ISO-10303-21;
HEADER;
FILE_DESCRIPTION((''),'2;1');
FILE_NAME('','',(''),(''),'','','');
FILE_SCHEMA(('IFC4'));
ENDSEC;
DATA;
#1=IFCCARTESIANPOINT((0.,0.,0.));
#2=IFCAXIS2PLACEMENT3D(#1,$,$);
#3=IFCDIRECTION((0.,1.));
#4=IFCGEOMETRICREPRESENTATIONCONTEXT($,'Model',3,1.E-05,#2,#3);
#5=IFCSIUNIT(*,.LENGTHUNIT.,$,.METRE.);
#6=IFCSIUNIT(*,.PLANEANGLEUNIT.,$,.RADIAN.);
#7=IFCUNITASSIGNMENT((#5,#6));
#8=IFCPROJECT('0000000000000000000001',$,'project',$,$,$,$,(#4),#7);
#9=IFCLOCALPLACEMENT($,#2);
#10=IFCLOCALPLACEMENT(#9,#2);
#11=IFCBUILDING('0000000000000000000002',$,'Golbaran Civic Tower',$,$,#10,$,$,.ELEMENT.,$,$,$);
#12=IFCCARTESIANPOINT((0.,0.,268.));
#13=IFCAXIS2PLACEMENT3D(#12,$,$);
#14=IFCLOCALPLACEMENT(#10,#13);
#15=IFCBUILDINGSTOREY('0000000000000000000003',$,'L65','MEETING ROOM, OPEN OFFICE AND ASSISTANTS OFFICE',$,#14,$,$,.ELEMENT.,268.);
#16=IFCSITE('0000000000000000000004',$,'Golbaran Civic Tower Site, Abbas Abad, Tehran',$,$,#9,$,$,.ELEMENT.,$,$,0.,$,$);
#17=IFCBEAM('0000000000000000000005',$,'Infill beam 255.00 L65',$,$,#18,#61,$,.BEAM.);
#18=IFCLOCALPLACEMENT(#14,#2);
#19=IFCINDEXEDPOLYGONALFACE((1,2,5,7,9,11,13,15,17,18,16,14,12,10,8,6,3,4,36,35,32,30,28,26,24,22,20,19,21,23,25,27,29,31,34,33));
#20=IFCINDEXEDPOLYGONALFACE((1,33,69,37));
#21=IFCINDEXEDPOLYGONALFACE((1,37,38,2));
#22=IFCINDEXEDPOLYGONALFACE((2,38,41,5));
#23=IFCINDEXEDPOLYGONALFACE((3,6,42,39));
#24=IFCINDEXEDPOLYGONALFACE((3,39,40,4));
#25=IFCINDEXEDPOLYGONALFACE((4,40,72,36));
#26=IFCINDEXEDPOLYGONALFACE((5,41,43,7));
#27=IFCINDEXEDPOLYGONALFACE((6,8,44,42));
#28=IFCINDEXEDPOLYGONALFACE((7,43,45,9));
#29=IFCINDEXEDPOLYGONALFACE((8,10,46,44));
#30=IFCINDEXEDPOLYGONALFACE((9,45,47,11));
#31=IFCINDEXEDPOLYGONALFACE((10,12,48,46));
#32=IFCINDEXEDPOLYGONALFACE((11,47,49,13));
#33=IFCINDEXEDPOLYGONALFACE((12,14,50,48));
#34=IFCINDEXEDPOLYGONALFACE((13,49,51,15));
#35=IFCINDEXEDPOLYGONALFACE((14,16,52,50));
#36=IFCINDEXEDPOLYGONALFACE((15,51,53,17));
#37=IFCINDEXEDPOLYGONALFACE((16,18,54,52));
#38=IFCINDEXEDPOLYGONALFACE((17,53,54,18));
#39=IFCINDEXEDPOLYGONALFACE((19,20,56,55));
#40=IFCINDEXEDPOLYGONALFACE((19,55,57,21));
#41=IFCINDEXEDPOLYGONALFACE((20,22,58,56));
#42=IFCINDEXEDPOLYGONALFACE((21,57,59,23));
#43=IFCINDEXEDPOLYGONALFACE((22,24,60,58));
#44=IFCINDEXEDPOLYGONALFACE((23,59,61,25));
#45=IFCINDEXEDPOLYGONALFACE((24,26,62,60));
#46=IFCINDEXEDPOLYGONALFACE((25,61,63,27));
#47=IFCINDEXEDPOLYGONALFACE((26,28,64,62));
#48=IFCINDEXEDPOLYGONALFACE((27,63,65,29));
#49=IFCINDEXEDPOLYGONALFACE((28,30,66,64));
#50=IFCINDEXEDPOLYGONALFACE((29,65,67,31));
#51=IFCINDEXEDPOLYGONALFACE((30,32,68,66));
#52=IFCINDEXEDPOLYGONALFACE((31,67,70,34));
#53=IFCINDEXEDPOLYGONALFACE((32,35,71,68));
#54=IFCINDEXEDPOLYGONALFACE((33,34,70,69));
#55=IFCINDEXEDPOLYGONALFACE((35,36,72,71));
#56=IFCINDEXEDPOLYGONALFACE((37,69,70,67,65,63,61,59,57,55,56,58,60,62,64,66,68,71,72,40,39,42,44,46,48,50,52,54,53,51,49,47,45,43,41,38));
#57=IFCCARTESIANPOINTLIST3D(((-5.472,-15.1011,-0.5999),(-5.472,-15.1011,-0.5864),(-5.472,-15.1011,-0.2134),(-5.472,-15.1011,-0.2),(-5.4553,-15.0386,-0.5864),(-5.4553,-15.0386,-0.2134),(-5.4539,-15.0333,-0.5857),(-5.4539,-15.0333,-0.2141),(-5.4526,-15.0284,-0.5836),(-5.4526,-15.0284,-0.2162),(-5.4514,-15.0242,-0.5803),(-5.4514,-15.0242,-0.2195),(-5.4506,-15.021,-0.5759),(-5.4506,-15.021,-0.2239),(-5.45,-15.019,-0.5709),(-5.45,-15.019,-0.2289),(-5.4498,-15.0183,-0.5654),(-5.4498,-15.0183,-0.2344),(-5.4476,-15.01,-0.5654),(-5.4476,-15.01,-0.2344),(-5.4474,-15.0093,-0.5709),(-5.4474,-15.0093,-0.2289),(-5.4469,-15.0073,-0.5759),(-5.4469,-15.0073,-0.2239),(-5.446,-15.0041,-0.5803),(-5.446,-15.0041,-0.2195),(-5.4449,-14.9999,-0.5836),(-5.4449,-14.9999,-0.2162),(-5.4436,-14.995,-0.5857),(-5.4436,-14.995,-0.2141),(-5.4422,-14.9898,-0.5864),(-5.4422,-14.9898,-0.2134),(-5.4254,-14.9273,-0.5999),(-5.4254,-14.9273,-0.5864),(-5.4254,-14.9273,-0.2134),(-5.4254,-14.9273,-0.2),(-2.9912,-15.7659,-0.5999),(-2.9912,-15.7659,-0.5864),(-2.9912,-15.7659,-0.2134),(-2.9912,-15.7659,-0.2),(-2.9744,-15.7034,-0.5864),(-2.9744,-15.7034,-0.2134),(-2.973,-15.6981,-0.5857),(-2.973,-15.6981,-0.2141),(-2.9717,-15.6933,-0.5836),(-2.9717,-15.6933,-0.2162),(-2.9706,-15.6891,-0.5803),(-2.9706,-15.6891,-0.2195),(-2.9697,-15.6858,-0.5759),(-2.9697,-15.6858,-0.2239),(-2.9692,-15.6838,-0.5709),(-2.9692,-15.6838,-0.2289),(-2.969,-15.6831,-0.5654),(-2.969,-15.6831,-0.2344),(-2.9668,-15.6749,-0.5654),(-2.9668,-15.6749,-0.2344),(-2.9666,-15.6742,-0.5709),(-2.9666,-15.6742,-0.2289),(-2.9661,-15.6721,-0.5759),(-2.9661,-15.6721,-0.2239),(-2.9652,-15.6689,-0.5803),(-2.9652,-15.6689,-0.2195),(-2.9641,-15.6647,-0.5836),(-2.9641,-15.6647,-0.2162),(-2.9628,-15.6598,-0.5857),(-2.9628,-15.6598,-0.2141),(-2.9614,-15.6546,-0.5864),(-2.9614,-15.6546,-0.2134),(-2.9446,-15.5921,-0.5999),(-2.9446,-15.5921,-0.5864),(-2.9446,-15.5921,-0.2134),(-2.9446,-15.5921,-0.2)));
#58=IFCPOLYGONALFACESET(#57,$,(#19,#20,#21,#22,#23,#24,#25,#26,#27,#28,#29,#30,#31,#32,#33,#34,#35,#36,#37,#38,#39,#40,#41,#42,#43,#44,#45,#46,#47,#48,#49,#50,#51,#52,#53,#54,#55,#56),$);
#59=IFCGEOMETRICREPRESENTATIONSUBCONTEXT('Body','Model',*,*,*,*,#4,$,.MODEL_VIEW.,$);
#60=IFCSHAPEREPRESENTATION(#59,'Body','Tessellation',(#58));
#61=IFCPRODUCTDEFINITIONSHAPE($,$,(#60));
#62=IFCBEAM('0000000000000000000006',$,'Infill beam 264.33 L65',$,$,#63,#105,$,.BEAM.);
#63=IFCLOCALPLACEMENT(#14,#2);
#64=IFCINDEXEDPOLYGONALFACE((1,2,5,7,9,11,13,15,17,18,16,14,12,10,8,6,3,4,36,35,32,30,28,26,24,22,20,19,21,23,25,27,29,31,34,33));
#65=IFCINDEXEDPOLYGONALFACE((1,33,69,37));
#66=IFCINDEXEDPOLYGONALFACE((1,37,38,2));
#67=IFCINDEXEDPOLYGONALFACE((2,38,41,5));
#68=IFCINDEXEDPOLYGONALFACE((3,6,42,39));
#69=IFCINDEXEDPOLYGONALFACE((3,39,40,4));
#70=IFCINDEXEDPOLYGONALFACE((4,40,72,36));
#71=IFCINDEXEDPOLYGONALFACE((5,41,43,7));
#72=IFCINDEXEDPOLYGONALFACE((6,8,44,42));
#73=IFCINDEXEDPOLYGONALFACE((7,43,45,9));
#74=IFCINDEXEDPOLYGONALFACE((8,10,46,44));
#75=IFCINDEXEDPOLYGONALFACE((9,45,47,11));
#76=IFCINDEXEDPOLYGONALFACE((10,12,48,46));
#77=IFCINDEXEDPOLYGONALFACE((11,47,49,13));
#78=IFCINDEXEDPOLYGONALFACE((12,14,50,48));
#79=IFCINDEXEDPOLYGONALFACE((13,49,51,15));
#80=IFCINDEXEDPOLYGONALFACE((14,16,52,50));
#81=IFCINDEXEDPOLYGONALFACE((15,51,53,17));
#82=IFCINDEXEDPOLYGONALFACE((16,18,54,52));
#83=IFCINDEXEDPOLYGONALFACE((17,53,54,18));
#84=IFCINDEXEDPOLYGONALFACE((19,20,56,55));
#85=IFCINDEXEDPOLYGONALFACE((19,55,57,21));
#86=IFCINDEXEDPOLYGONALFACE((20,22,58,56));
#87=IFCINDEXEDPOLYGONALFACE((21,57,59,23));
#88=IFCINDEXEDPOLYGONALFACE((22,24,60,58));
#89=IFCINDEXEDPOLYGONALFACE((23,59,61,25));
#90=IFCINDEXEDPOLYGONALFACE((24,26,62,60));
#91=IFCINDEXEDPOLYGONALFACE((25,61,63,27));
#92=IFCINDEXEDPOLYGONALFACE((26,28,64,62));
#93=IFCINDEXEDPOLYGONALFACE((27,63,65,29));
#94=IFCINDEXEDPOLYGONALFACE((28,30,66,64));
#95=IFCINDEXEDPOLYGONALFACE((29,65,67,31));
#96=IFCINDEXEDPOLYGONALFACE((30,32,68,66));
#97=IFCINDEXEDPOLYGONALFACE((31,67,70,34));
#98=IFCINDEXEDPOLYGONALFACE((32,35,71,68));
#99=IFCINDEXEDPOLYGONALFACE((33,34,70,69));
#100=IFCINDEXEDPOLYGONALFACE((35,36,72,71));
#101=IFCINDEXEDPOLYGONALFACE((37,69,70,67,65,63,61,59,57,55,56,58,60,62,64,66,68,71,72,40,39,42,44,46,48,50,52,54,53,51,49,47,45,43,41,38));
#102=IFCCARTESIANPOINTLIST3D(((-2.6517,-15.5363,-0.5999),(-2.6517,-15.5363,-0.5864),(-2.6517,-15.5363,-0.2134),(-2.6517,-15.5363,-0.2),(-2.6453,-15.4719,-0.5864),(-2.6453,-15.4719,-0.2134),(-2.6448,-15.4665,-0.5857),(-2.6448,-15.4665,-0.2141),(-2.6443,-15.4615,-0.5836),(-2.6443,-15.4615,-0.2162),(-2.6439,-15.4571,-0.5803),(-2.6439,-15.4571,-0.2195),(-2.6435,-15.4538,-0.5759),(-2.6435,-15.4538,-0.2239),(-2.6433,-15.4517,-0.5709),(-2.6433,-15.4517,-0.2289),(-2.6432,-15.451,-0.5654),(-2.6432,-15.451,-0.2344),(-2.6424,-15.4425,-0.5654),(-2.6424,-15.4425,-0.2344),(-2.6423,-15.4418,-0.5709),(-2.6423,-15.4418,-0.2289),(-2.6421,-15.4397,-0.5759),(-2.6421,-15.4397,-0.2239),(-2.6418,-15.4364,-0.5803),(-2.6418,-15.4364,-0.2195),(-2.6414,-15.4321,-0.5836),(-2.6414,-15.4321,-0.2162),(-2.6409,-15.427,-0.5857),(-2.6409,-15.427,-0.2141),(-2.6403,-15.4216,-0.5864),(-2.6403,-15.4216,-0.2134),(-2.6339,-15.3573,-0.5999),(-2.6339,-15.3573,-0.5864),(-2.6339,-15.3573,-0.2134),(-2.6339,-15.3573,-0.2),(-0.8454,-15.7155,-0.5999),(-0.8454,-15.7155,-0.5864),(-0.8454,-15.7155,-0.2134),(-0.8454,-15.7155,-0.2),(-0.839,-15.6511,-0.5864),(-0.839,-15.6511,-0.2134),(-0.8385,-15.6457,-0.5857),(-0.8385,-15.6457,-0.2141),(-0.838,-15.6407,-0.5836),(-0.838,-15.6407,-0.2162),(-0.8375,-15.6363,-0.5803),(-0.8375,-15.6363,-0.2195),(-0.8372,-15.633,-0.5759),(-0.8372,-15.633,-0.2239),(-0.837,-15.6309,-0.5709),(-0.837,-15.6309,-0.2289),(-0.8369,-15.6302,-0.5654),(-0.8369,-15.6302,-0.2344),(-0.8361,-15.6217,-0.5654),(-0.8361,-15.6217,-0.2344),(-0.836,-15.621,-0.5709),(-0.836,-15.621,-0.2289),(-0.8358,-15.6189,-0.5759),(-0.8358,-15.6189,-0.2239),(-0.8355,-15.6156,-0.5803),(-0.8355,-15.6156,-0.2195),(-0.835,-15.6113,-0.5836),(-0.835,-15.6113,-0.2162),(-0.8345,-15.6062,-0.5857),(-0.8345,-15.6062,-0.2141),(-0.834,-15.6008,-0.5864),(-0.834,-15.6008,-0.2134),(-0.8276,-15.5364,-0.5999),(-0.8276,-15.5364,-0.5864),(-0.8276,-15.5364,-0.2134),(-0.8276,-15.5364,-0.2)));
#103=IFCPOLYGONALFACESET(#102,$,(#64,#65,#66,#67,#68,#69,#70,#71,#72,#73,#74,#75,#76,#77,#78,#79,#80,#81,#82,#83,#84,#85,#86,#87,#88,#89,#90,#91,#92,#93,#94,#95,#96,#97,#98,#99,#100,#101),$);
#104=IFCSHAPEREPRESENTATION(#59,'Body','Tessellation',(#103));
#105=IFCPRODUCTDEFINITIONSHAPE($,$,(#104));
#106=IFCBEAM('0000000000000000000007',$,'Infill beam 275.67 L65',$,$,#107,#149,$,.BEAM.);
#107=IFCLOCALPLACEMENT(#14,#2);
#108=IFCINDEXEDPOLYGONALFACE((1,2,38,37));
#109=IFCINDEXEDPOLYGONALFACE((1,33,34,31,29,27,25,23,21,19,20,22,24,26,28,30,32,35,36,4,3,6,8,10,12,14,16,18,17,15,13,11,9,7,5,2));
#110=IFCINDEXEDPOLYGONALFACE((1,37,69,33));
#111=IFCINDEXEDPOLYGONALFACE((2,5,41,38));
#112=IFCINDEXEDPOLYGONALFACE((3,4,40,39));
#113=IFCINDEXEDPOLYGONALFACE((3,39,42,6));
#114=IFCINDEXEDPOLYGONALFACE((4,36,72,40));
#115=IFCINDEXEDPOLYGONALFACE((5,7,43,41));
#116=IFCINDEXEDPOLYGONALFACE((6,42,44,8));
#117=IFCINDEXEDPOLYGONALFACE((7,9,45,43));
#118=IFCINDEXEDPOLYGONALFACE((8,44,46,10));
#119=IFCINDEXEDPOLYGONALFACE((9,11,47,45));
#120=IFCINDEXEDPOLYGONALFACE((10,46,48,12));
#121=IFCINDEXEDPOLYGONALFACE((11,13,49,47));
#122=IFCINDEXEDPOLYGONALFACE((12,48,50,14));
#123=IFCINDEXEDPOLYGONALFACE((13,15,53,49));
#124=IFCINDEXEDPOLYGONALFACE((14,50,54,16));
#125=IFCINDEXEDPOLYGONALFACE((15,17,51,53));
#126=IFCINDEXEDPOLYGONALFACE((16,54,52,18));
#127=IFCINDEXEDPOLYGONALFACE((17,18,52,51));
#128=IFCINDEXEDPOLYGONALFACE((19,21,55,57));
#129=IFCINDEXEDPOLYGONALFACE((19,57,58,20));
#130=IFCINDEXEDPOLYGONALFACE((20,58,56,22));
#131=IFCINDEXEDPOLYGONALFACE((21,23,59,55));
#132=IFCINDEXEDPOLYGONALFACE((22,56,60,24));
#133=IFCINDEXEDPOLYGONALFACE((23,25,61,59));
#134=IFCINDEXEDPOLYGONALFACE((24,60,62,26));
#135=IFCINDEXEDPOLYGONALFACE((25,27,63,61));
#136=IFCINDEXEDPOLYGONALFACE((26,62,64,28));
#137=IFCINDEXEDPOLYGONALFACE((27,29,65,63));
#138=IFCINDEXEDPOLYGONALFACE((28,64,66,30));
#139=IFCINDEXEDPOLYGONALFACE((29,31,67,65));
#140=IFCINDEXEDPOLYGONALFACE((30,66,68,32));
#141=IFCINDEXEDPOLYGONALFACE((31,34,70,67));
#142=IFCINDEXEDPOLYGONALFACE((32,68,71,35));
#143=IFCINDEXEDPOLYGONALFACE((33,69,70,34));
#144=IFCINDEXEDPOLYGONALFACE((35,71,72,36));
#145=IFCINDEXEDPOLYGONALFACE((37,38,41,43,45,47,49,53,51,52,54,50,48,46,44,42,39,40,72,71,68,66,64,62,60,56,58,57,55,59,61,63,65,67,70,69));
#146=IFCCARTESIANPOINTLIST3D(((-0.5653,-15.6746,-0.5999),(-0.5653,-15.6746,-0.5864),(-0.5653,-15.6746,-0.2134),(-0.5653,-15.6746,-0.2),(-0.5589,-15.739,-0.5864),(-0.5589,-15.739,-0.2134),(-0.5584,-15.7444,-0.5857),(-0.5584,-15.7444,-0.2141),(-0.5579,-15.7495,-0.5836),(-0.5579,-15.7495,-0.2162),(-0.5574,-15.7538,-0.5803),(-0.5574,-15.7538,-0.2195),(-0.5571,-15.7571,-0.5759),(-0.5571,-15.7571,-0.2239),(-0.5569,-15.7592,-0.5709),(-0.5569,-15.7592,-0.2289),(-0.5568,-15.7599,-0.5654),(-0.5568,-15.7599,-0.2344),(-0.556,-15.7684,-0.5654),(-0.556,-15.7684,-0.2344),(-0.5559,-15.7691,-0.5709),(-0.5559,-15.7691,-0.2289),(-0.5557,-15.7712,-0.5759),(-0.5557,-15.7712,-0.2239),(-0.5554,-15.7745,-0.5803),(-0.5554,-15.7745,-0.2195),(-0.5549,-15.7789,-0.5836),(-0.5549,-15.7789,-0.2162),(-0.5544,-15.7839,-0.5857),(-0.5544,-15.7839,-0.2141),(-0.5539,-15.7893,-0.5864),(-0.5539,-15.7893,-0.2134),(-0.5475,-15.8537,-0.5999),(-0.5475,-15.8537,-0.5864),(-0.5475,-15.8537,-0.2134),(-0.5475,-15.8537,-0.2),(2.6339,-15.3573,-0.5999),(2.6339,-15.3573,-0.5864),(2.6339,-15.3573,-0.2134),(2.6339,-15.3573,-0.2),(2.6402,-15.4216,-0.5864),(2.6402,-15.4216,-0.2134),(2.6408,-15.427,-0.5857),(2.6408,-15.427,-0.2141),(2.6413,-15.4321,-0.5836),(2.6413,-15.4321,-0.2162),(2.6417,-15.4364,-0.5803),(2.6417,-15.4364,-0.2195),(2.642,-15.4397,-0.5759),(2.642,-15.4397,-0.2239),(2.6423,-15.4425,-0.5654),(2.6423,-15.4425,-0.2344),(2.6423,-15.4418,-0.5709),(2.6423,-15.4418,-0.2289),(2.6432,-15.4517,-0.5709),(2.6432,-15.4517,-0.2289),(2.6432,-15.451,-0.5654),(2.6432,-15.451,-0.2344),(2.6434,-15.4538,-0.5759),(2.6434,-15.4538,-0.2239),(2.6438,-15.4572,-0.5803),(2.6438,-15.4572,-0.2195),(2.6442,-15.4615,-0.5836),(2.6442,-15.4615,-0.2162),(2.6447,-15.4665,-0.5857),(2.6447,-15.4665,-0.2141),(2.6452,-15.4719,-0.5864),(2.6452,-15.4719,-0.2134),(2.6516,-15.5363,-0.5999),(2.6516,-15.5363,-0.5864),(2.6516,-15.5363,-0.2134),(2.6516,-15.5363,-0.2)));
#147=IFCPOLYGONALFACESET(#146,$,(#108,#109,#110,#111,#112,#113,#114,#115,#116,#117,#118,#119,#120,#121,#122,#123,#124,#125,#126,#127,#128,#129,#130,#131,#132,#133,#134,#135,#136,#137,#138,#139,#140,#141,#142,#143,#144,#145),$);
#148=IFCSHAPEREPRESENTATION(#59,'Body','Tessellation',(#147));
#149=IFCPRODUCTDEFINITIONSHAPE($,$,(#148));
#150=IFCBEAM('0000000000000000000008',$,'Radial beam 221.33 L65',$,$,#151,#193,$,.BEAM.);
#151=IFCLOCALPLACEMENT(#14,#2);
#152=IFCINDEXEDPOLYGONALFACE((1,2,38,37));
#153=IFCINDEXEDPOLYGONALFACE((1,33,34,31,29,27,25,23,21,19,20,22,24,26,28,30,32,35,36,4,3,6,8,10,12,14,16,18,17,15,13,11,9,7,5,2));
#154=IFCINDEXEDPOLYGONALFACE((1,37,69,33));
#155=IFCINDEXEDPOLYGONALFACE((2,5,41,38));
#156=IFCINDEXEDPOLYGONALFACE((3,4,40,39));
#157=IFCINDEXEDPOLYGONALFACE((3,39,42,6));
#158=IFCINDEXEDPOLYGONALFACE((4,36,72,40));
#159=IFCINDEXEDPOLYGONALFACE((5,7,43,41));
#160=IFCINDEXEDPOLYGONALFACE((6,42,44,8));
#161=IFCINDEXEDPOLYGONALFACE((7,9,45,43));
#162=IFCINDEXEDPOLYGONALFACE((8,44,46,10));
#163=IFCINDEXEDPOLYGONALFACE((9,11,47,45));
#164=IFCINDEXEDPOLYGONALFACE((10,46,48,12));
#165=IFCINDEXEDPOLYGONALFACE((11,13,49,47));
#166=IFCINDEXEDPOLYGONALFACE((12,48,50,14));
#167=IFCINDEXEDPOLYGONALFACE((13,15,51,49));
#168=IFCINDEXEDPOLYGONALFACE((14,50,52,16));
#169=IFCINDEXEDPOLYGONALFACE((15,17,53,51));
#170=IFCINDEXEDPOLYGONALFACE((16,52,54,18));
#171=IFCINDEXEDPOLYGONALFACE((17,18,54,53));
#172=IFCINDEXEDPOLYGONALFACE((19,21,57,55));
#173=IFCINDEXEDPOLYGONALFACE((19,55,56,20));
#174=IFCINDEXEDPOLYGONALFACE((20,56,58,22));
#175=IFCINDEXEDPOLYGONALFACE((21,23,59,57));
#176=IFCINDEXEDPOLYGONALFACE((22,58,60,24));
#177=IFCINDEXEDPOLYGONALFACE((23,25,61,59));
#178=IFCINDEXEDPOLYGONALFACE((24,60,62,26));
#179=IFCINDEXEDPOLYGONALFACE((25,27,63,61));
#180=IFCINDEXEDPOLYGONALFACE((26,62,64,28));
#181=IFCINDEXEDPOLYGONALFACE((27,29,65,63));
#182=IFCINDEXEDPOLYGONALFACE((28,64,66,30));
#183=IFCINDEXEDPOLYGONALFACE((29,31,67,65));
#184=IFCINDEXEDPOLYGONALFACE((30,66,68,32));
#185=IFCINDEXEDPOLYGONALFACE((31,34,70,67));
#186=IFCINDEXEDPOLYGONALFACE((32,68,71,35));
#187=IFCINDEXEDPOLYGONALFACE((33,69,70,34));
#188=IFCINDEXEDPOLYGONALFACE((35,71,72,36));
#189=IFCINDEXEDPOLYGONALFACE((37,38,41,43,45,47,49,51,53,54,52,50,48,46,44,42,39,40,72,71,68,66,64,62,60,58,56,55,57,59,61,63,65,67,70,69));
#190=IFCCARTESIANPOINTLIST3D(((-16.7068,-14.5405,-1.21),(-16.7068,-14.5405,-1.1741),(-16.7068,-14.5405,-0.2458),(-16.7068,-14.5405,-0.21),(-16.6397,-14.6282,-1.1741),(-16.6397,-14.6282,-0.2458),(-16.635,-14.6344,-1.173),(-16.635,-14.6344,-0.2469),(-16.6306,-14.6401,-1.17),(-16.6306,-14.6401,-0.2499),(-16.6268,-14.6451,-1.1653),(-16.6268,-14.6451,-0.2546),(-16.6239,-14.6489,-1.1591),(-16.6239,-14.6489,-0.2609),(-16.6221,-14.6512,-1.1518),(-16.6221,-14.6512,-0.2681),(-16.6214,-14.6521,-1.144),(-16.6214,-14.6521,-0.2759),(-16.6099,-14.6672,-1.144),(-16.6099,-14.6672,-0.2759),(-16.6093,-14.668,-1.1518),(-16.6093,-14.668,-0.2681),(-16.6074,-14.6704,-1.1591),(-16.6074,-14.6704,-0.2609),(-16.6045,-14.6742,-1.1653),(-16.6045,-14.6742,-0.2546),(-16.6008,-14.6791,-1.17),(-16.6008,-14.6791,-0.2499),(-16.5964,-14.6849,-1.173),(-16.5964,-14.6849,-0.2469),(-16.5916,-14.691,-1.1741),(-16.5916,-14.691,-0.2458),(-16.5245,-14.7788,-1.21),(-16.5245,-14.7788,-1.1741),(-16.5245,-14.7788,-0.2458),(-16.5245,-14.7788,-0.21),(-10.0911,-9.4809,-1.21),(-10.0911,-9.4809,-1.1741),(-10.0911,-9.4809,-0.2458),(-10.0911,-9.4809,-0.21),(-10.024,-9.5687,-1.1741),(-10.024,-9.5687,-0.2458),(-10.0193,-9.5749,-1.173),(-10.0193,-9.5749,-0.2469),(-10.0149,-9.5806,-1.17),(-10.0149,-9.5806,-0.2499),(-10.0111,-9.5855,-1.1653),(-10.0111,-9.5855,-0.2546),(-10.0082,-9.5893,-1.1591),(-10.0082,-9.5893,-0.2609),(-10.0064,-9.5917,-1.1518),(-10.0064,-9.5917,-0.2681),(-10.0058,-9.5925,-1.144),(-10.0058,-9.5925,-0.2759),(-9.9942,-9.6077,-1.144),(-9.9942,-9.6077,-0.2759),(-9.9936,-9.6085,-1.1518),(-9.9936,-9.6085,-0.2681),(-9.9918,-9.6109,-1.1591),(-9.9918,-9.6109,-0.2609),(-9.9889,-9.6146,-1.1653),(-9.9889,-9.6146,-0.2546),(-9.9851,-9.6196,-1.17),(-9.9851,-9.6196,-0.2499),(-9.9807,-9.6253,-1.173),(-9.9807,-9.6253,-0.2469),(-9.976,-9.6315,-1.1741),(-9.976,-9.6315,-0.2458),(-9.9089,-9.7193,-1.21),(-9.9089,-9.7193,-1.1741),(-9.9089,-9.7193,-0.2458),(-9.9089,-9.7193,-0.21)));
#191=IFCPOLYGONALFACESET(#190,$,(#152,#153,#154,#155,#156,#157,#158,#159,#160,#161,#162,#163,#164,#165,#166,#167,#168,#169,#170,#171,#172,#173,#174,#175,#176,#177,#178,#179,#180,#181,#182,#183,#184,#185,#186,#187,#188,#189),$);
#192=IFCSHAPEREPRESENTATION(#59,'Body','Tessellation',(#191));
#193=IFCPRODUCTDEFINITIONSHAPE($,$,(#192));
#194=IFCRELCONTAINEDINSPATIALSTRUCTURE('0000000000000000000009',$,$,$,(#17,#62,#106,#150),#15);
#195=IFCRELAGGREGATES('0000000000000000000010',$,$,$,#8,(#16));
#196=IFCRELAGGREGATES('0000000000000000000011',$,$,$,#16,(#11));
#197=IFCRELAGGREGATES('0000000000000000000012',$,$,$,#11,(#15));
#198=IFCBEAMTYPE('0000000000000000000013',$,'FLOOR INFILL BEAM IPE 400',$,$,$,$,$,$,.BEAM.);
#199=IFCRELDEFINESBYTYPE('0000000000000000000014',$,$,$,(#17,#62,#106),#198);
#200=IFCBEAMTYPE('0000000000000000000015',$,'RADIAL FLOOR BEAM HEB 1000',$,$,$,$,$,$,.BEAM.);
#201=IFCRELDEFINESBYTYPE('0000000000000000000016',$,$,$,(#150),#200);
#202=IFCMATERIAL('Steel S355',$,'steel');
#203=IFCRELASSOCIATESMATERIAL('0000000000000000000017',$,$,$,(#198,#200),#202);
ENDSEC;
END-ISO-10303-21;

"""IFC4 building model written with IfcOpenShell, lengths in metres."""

from ifc_helpers import new_model, si_unit, direction, frame, origin, origin_2d, place, context, subcontext, project, spatial, i_section, extrude, material, material_profile, profile_set, type_object, element, save


model = new_model("IFC4")

# Units and contexts
model_context = context("Model", 3, precision=1e-05, world=origin(), true_north=direction((0.0, 1.0)))
body_context = subcontext(model_context, "Body", "Model", "MODEL_VIEW")
ifc_project = project(units=[si_unit("LENGTHUNIT", "METRE"), si_unit("PLANEANGLEUNIT", "RADIAN")], contexts=[model_context])

# Site, building, storey
site_placement = place(None, origin())
site = spatial("IfcSite", under=ifc_project, at=site_placement, Name="Golbaran Civic Tower Site, Abbas Abad, Tehran", CompositionType="ELEMENT", RefElevation=0.0)
building_placement = place(site_placement, origin())
building = spatial("IfcBuilding", under=site, at=building_placement, Name="Golbaran Civic Tower", CompositionType="ELEMENT")
storey_placement = place(building_placement, frame((0.0, 0.0, 268.0)))
storey = spatial("IfcBuildingStorey", under=building, at=storey_placement, Name="L65", Description="MEETING ROOM, OPEN OFFICE AND ASSISTANTS OFFICE", CompositionType="ELEMENT", Elevation=268.0)

# Beams
ifc_material_1 = material(Name="Steel S355", Category="steel")
ifc_material_profile_1 = material_profile(ifc_material_1, i_section(OverallWidth=0.1799, OverallDepth=0.3999, WebThickness=0.0085, FlangeThickness=0.0134, FilletRadius=0.021, at=origin_2d()), Name="IPE 400")
ifc_profile_set_1 = profile_set([ifc_material_profile_1], Name="Steel S355")
beam_type_1 = type_object("IfcBeamType", Name="FLOOR INFILL BEAM IPE 400", PredefinedType="BEAM", material=ifc_profile_set_1)
beam_1_placement = place(storey_placement, frame((-5.4487, -15.0142, -0.3999), z_axis=(0.965917, -0.258852, 0.0), x_axis=(0.258852, 0.965917, 0.0)))
element("IfcBeam", 1, at=beam_1_placement, inside=storey, type_object=beam_type_1, Name="Infill beam 255.00 L65", PredefinedType="BEAM", context=body_context, shape_type="SweptSolid", body=[
    extrude(i_section(OverallWidth=0.1799, OverallDepth=0.3999, WebThickness=0.0085, FlangeThickness=0.0134, FilletRadius=0.021, at=origin_2d()), origin(), (0.0, 0.0, 1.0), 2.5684),
])
beam_2_placement = place(storey_placement, frame((-2.6428, -15.4468, -0.3999), z_axis=(0.995115, -0.098718, 0.0), x_axis=(0.098718, 0.995115, 0.0)))
element("IfcBeam", 2, at=beam_2_placement, inside=storey, type_object=beam_type_1, Name="Infill beam 264.33 L65", PredefinedType="BEAM", context=body_context, shape_type="SweptSolid", body=[
    extrude(i_section(OverallWidth=0.1799, OverallDepth=0.3999, WebThickness=0.0085, FlangeThickness=0.0134, FilletRadius=0.021, at=origin_2d()), origin(), (0.0, 0.0, 1.0), 1.8152),
])
beam_3_placement = place(storey_placement, frame((-0.5564, -15.7642, -0.3999), z_axis=(0.995115, 0.098722, 0.0), x_axis=(-0.098722, 0.995115, 0.0)))
element("IfcBeam", 3, at=beam_3_placement, inside=storey, type_object=beam_type_1, Name="Infill beam 275.67 L65", PredefinedType="BEAM", context=body_context, shape_type="SweptSolid", body=[
    extrude(i_section(OverallWidth=0.1799, OverallDepth=0.3999, WebThickness=0.0085, FlangeThickness=0.0134, FilletRadius=0.021, at=origin_2d()), origin(), (0.0, 0.0, 1.0), 3.2148),
])
ifc_material_profile_2 = material_profile(ifc_material_1, i_section(OverallWidth=0.3, OverallDepth=1.0, WebThickness=0.019, FlangeThickness=0.0359, FilletRadius=0.03, at=origin_2d()), Name="HEB 1000")
ifc_profile_set_2 = profile_set([ifc_material_profile_2], Name="Steel S355")
beam_type_2 = type_object("IfcBeamType", Name="RADIAL FLOOR BEAM HEB 1000", PredefinedType="BEAM", material=ifc_profile_set_2)
beam_4_placement = place(storey_placement, frame((-10.0, -9.6001, -0.71), z_axis=(-0.79433, -0.607487, 0.0), x_axis=(0.607487, -0.79433, 0.0)))
element("IfcBeam", 4, at=beam_4_placement, inside=storey, type_object=beam_type_2, Name="Radial beam 221.33 L65", PredefinedType="BEAM", context=body_context, shape_type="SweptSolid", body=[
    extrude(i_section(OverallWidth=0.3, OverallDepth=1.0, WebThickness=0.019, FlangeThickness=0.0359, FilletRadius=0.03, at=origin_2d()), origin(), (0.0, 0.0, 1.0), 8.3286),
])

save(model, "model.ifc")
